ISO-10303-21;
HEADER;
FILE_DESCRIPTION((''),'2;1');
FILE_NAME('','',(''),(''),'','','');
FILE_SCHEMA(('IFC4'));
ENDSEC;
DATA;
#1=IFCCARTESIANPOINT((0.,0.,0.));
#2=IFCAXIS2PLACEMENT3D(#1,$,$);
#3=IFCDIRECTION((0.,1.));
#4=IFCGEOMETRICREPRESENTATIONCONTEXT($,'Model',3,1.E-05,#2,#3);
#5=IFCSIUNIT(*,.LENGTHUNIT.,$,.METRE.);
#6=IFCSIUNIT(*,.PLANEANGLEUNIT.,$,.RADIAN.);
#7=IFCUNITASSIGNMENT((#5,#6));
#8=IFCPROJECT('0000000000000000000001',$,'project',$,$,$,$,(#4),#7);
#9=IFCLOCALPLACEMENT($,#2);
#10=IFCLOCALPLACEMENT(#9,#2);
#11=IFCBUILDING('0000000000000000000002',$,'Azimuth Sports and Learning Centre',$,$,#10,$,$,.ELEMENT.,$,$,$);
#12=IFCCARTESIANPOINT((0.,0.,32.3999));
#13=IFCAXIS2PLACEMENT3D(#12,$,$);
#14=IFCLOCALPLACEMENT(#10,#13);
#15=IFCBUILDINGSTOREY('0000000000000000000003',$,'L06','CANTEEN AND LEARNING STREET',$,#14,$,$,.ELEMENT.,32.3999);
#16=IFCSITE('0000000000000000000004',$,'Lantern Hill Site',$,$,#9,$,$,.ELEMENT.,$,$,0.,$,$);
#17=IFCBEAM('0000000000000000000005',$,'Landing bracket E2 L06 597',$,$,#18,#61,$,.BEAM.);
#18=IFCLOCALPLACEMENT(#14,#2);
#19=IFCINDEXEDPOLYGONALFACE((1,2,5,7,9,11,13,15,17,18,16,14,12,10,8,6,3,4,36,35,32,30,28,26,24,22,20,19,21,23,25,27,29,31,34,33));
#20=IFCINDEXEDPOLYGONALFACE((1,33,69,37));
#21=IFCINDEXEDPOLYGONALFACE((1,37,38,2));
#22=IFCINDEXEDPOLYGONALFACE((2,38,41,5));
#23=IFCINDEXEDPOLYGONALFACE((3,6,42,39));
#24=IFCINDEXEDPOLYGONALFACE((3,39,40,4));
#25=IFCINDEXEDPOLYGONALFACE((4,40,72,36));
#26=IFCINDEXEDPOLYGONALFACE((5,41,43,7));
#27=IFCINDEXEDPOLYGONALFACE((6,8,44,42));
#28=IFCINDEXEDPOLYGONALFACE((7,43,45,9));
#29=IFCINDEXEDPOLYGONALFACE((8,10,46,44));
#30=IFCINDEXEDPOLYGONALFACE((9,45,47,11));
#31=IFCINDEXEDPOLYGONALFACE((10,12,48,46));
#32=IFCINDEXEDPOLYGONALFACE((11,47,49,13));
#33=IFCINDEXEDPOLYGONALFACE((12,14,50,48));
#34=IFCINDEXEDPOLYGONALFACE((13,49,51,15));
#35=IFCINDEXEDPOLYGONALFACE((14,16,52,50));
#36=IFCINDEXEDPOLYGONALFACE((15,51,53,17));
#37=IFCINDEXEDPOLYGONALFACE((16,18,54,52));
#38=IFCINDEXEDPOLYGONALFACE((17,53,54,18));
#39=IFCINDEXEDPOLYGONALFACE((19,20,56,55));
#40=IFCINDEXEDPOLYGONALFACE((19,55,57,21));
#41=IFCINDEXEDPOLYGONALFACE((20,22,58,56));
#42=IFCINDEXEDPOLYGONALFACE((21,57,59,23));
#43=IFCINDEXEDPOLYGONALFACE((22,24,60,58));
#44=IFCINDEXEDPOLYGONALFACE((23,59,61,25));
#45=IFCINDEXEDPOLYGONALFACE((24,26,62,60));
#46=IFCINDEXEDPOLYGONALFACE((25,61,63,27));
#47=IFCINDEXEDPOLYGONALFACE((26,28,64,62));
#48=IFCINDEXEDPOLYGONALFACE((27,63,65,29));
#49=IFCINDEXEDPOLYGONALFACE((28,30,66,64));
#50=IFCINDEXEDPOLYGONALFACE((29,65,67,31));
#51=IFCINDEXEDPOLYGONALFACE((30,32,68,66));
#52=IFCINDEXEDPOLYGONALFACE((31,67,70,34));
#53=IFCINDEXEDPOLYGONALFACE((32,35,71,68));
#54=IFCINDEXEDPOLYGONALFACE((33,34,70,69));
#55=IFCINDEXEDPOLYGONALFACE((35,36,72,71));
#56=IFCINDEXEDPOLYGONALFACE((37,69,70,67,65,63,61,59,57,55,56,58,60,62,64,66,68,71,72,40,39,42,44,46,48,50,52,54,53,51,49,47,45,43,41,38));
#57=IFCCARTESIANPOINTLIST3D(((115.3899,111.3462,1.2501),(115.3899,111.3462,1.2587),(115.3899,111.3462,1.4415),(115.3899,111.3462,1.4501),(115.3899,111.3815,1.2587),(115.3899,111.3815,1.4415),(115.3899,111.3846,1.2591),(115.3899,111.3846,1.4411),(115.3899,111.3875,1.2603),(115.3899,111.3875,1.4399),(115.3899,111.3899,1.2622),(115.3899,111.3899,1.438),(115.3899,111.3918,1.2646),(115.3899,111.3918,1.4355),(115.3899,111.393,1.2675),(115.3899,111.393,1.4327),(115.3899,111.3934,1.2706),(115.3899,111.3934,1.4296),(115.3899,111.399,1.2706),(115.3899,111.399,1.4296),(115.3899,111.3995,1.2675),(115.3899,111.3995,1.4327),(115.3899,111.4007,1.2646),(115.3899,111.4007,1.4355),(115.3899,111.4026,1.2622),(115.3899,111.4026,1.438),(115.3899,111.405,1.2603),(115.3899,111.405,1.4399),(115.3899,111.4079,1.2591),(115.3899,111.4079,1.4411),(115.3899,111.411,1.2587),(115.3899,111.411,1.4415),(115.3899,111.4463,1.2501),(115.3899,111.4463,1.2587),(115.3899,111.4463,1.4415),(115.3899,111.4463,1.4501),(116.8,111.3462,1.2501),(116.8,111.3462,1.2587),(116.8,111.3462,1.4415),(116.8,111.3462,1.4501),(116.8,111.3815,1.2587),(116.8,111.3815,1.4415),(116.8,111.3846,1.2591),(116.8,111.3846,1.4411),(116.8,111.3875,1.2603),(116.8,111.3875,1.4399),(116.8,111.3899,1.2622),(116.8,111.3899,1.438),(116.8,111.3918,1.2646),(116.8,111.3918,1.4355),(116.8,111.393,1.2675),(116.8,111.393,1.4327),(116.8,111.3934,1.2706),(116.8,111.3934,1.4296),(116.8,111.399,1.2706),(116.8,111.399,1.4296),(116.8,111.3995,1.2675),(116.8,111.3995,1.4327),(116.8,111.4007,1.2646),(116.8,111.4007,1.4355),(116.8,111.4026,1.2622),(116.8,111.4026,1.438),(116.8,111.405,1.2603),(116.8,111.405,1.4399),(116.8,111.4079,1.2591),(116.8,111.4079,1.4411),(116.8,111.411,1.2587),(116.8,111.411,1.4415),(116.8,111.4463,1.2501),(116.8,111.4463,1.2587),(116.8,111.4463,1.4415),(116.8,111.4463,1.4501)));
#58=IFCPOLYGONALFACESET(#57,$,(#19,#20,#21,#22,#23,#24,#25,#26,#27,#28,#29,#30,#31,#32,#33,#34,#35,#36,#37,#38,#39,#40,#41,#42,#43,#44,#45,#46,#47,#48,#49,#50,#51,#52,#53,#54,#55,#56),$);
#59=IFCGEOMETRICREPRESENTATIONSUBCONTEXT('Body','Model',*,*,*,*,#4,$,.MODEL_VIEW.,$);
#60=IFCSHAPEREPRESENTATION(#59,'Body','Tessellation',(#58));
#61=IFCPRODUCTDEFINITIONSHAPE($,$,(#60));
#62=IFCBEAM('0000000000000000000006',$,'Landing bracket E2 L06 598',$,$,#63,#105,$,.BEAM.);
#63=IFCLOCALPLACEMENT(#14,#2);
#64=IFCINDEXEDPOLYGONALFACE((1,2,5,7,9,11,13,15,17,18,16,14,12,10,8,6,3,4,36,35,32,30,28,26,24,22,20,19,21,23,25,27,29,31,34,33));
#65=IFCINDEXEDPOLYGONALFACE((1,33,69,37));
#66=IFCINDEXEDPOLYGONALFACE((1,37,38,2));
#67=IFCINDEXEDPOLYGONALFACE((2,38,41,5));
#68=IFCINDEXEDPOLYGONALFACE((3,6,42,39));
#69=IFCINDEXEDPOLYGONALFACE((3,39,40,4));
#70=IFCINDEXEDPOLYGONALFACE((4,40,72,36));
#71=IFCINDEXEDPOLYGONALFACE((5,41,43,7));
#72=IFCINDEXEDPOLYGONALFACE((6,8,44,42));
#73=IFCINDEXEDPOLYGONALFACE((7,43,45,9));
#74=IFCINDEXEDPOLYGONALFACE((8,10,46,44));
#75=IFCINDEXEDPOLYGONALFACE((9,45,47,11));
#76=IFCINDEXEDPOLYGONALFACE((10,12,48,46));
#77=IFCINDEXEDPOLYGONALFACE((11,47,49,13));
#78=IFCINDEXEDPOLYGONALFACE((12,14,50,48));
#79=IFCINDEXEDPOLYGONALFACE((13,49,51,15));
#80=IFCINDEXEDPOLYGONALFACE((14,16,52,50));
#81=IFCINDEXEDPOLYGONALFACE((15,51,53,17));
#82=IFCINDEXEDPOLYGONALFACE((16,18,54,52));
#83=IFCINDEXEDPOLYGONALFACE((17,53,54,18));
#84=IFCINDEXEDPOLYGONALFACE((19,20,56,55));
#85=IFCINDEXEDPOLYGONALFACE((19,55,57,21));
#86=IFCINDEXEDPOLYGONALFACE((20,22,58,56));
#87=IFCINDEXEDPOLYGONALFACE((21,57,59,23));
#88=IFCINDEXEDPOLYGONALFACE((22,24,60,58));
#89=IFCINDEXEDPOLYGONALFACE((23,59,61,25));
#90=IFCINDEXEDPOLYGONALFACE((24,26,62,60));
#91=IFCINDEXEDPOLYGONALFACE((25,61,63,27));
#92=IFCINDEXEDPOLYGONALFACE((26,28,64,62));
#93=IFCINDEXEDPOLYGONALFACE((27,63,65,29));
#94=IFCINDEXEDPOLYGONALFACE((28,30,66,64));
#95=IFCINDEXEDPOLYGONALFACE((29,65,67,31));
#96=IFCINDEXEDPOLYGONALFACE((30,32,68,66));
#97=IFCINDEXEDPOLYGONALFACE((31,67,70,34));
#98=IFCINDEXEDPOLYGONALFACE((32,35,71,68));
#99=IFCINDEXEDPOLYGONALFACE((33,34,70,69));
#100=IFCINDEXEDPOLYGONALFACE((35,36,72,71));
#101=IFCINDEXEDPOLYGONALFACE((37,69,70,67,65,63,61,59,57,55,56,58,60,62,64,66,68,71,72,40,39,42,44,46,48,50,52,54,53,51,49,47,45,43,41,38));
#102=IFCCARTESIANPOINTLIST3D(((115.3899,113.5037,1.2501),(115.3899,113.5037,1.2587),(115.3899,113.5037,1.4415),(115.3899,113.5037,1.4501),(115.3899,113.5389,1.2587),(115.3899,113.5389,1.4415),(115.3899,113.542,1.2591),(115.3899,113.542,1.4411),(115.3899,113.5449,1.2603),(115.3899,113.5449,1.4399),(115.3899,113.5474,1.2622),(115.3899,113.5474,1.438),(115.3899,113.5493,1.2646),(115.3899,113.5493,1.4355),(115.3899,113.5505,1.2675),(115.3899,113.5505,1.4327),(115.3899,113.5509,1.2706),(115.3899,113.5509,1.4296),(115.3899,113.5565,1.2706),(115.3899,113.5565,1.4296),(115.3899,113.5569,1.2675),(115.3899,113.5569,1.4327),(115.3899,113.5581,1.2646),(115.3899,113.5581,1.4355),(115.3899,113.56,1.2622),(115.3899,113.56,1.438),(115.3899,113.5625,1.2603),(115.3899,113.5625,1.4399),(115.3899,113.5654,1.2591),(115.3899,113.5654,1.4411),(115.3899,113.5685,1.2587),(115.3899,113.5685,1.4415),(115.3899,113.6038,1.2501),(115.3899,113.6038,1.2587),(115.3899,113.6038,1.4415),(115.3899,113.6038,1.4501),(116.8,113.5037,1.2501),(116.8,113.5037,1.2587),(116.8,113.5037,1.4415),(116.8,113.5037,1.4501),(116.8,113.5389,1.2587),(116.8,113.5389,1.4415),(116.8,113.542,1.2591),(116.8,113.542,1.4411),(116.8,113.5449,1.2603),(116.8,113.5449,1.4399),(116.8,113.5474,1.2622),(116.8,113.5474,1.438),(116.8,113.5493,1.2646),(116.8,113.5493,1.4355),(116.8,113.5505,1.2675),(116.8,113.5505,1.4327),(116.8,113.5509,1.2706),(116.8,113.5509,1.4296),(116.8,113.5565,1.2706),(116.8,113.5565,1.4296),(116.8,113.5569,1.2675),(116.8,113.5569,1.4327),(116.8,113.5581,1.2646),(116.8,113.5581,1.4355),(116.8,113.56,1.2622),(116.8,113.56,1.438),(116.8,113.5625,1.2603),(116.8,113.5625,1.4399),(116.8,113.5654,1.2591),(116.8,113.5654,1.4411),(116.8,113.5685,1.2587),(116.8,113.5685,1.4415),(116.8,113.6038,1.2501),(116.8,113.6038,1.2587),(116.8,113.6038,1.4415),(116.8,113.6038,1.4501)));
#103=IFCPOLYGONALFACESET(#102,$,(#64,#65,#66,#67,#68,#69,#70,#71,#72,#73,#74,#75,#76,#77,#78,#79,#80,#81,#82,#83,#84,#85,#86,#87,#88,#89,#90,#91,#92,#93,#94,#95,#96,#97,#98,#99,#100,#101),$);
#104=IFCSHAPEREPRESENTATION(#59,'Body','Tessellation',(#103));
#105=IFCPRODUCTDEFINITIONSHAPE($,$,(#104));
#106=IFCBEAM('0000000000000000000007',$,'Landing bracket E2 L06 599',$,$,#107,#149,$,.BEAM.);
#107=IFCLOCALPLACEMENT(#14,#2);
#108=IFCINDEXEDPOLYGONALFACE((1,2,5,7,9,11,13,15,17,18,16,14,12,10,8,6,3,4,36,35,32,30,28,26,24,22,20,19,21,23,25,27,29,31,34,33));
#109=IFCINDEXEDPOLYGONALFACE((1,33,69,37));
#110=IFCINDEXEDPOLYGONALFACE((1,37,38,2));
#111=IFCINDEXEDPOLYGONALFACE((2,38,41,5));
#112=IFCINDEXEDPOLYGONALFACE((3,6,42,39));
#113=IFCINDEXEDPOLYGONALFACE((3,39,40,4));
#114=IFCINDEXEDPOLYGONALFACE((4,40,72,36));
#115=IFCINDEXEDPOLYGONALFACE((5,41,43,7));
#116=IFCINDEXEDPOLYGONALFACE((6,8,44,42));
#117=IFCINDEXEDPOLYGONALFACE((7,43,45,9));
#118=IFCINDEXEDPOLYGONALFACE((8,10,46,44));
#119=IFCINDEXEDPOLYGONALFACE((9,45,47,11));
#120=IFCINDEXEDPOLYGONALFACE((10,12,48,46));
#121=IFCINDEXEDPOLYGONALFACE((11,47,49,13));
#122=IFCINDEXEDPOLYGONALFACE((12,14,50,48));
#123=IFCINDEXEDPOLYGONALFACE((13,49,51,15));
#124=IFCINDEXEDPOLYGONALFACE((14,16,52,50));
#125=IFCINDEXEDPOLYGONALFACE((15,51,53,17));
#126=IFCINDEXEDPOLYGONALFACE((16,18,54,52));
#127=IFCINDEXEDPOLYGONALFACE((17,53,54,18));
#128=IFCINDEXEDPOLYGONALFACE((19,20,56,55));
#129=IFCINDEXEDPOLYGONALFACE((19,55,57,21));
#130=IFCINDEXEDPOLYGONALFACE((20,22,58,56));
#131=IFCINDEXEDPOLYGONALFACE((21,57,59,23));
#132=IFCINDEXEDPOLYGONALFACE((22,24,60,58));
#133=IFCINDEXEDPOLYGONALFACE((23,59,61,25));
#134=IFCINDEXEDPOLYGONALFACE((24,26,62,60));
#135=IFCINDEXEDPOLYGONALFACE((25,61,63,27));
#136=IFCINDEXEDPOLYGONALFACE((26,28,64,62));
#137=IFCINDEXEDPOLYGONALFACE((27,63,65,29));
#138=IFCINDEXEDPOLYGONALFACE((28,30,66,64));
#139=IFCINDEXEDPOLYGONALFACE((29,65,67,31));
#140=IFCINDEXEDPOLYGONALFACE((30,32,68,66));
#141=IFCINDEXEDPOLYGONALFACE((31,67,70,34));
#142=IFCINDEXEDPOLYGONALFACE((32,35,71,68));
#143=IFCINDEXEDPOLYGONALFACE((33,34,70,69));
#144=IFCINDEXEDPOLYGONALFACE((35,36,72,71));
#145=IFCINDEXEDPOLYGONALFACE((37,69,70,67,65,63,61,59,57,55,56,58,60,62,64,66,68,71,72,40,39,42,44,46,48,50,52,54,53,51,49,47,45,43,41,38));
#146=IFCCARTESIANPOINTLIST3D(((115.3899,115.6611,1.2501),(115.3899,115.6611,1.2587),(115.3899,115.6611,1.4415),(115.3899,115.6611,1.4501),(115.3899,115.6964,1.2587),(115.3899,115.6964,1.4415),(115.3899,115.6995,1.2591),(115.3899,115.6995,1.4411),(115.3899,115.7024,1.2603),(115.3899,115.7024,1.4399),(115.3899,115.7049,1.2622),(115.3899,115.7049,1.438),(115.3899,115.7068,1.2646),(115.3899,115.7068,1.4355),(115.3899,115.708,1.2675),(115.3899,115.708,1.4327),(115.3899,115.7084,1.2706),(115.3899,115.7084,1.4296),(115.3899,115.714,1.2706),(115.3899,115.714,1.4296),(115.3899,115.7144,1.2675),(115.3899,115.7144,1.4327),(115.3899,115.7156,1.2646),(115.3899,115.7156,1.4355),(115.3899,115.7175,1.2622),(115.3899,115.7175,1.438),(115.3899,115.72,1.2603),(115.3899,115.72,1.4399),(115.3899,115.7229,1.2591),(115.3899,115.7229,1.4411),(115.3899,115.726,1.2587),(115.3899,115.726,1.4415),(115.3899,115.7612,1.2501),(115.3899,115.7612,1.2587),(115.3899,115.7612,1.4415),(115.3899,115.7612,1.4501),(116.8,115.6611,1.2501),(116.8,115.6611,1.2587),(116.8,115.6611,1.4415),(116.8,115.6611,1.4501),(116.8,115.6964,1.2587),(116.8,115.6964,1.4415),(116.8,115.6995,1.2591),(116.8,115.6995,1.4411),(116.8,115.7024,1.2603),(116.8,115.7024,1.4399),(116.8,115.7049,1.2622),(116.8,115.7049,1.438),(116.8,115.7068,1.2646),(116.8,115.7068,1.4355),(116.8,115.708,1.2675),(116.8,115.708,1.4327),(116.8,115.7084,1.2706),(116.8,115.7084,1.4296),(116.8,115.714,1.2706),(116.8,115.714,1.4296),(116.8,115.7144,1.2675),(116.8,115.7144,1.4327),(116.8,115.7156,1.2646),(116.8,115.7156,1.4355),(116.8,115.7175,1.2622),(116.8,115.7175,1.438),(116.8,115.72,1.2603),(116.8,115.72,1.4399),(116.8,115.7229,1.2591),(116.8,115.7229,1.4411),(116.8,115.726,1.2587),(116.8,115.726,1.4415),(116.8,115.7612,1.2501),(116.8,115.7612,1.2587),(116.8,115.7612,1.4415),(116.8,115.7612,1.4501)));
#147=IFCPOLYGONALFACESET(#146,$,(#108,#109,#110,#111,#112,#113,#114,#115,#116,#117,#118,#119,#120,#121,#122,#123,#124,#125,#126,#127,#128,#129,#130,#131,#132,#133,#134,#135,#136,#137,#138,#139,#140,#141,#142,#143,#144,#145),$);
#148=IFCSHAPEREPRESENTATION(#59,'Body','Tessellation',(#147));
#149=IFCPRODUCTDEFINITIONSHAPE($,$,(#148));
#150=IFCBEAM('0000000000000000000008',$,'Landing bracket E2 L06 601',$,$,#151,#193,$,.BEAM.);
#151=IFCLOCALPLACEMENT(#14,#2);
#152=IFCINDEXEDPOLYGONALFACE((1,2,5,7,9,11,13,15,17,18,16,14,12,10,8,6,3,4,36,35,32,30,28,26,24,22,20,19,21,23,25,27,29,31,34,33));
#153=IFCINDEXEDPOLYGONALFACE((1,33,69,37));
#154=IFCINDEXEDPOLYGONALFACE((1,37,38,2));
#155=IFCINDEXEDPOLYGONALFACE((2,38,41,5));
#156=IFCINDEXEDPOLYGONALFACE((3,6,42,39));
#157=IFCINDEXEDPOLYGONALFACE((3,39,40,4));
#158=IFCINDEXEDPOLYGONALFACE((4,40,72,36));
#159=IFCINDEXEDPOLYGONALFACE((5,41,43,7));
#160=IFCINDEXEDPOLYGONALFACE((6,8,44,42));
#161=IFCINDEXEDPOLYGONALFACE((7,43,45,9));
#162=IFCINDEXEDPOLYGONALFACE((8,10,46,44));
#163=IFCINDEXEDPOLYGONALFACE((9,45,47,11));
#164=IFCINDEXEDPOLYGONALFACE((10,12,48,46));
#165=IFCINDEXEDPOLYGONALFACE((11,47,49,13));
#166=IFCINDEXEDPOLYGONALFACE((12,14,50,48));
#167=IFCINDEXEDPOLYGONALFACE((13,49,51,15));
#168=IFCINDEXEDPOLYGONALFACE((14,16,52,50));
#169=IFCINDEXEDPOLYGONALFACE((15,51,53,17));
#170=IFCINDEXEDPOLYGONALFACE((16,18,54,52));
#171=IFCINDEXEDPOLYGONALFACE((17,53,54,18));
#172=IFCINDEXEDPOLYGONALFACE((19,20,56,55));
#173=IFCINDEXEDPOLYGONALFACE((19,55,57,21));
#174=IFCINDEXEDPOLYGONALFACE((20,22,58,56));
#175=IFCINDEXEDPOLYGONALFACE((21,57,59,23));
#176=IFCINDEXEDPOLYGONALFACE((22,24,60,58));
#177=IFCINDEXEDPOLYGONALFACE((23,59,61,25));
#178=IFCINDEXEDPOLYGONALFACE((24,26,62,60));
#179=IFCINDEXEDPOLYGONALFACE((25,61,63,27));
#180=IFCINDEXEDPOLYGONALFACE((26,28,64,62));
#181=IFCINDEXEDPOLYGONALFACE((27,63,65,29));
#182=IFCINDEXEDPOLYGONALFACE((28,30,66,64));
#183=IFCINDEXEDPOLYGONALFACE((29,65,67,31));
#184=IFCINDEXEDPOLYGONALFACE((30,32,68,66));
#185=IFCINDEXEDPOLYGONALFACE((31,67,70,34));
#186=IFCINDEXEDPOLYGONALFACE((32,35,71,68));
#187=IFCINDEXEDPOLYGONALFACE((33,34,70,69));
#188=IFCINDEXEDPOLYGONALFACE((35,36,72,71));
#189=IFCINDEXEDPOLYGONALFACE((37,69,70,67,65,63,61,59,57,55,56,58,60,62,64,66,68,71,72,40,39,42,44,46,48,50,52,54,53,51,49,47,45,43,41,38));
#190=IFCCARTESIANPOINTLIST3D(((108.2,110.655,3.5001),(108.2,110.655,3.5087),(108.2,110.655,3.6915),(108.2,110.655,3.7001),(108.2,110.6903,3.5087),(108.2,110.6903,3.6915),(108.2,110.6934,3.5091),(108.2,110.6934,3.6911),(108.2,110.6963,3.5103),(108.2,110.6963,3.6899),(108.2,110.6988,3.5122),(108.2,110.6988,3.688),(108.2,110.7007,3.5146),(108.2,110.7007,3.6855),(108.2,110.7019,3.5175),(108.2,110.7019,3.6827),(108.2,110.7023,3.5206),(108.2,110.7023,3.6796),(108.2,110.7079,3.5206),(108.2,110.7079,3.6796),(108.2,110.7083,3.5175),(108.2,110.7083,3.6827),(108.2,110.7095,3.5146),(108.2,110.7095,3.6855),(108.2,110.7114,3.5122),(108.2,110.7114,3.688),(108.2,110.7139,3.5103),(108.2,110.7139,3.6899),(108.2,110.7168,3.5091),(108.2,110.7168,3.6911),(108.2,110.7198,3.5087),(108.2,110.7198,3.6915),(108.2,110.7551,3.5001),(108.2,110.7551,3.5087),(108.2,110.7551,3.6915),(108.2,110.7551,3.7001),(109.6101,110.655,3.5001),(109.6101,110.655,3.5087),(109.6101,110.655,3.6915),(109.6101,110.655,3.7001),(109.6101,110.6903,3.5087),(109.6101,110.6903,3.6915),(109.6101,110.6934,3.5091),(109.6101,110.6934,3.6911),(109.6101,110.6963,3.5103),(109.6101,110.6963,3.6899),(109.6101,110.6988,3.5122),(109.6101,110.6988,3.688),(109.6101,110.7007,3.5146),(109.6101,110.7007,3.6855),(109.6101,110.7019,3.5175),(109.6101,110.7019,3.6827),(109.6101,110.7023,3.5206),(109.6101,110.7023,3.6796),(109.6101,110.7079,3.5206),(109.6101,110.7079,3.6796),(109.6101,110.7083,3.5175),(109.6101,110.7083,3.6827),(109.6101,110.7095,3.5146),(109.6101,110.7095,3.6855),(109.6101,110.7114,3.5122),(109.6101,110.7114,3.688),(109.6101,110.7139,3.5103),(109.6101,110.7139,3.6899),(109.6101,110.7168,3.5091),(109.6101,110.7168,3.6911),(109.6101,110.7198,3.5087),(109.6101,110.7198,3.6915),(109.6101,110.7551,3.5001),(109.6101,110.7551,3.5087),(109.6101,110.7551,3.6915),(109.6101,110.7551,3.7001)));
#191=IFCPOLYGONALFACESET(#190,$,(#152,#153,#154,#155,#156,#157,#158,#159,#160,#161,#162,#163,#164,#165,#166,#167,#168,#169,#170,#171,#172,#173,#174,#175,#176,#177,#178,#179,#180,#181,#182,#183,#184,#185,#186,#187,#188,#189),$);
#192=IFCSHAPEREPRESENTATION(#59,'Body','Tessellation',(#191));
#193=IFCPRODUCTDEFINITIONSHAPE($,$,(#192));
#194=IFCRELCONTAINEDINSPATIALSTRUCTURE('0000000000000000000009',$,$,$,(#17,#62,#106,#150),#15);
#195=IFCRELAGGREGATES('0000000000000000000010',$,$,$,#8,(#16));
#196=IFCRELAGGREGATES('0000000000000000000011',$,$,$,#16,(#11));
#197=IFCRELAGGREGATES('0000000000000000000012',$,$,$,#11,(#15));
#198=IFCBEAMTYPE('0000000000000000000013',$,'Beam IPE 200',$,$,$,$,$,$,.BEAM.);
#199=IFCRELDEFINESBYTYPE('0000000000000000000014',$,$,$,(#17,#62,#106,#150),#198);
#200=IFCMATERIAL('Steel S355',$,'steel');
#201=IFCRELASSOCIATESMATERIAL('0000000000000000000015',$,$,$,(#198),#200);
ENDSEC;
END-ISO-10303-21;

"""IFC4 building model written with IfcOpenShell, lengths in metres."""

from ifc_helpers import new_model, si_unit, direction, frame, origin, origin_2d, place, context, subcontext, project, spatial, i_section, extrude, material, material_profile, profile_set, type_object, element, save


model = new_model("IFC4")

# Units and contexts
model_context = context("Model", 3, precision=1e-05, world=origin(), true_north=direction((0.0, 1.0)))
body_context = subcontext(model_context, "Body", "Model", "MODEL_VIEW")
ifc_project = project(units=[si_unit("LENGTHUNIT", "METRE"), si_unit("PLANEANGLEUNIT", "RADIAN")], contexts=[model_context])

# Site, building, storey
site_placement = place(None, origin())
site = spatial("IfcSite", under=ifc_project, at=site_placement, Name="Lantern Hill Site", CompositionType="ELEMENT", RefElevation=0.0)
building_placement = place(site_placement, origin())
building = spatial("IfcBuilding", under=site, at=building_placement, Name="Azimuth Sports and Learning Centre", CompositionType="ELEMENT")
storey_placement = place(building_placement, frame((0.0, 0.0, 32.3999)))
storey = spatial("IfcBuildingStorey", under=building, at=storey_placement, Name="L06", Description="CANTEEN AND LEARNING STREET", CompositionType="ELEMENT", Elevation=32.3999)

# Beams
ifc_material_1 = material(Name="Steel S355", Category="steel")
ifc_material_profile_1 = material_profile(ifc_material_1, i_section(OverallWidth=0.1001, OverallDepth=0.2, WebThickness=0.0056, FlangeThickness=0.0085, FilletRadius=0.012, at=origin_2d()), Name="IPE 200")
ifc_profile_set_1 = profile_set([ifc_material_profile_1], Name="Steel S355")
beam_type_1 = type_object("IfcBeamType", Name="Beam IPE 200", PredefinedType="BEAM", material=ifc_profile_set_1)
for number, where, z_axis, x_axis, name in (
    (1, (116.8, 111.3962, 1.3501), (-1.0, 0.0, 0.0), (0.0, -1.0, 0.0), "Landing bracket E2 L06 597"),
    (2, (116.8, 113.5537, 1.3501), (-1.0, 0.0, 0.0), (0.0, -1.0, 0.0), "Landing bracket E2 L06 598"),
    (3, (116.8, 115.7112, 1.3501), (-1.0, 0.0, 0.0), (0.0, -1.0, 0.0), "Landing bracket E2 L06 599"),
    (4, (108.2, 110.7051, 3.6001), (1.0, 0.0, 0.0), (0.0, 1.0, 0.0), "Landing bracket E2 L06 601"),
):
    element("IfcBeam", number, at=place(storey_placement, frame(where, z_axis=z_axis, x_axis=x_axis)), inside=storey, type_object=beam_type_1, Name=name, PredefinedType="BEAM", context=body_context, shape_type="SweptSolid", body=[
        extrude(i_section(OverallWidth=0.1001, OverallDepth=0.2, WebThickness=0.0056, FlangeThickness=0.0085, FilletRadius=0.012, at=origin_2d()), origin(), (0.0, 0.0, 1.0), 1.4102),
    ])

save(model, "model.ifc")
